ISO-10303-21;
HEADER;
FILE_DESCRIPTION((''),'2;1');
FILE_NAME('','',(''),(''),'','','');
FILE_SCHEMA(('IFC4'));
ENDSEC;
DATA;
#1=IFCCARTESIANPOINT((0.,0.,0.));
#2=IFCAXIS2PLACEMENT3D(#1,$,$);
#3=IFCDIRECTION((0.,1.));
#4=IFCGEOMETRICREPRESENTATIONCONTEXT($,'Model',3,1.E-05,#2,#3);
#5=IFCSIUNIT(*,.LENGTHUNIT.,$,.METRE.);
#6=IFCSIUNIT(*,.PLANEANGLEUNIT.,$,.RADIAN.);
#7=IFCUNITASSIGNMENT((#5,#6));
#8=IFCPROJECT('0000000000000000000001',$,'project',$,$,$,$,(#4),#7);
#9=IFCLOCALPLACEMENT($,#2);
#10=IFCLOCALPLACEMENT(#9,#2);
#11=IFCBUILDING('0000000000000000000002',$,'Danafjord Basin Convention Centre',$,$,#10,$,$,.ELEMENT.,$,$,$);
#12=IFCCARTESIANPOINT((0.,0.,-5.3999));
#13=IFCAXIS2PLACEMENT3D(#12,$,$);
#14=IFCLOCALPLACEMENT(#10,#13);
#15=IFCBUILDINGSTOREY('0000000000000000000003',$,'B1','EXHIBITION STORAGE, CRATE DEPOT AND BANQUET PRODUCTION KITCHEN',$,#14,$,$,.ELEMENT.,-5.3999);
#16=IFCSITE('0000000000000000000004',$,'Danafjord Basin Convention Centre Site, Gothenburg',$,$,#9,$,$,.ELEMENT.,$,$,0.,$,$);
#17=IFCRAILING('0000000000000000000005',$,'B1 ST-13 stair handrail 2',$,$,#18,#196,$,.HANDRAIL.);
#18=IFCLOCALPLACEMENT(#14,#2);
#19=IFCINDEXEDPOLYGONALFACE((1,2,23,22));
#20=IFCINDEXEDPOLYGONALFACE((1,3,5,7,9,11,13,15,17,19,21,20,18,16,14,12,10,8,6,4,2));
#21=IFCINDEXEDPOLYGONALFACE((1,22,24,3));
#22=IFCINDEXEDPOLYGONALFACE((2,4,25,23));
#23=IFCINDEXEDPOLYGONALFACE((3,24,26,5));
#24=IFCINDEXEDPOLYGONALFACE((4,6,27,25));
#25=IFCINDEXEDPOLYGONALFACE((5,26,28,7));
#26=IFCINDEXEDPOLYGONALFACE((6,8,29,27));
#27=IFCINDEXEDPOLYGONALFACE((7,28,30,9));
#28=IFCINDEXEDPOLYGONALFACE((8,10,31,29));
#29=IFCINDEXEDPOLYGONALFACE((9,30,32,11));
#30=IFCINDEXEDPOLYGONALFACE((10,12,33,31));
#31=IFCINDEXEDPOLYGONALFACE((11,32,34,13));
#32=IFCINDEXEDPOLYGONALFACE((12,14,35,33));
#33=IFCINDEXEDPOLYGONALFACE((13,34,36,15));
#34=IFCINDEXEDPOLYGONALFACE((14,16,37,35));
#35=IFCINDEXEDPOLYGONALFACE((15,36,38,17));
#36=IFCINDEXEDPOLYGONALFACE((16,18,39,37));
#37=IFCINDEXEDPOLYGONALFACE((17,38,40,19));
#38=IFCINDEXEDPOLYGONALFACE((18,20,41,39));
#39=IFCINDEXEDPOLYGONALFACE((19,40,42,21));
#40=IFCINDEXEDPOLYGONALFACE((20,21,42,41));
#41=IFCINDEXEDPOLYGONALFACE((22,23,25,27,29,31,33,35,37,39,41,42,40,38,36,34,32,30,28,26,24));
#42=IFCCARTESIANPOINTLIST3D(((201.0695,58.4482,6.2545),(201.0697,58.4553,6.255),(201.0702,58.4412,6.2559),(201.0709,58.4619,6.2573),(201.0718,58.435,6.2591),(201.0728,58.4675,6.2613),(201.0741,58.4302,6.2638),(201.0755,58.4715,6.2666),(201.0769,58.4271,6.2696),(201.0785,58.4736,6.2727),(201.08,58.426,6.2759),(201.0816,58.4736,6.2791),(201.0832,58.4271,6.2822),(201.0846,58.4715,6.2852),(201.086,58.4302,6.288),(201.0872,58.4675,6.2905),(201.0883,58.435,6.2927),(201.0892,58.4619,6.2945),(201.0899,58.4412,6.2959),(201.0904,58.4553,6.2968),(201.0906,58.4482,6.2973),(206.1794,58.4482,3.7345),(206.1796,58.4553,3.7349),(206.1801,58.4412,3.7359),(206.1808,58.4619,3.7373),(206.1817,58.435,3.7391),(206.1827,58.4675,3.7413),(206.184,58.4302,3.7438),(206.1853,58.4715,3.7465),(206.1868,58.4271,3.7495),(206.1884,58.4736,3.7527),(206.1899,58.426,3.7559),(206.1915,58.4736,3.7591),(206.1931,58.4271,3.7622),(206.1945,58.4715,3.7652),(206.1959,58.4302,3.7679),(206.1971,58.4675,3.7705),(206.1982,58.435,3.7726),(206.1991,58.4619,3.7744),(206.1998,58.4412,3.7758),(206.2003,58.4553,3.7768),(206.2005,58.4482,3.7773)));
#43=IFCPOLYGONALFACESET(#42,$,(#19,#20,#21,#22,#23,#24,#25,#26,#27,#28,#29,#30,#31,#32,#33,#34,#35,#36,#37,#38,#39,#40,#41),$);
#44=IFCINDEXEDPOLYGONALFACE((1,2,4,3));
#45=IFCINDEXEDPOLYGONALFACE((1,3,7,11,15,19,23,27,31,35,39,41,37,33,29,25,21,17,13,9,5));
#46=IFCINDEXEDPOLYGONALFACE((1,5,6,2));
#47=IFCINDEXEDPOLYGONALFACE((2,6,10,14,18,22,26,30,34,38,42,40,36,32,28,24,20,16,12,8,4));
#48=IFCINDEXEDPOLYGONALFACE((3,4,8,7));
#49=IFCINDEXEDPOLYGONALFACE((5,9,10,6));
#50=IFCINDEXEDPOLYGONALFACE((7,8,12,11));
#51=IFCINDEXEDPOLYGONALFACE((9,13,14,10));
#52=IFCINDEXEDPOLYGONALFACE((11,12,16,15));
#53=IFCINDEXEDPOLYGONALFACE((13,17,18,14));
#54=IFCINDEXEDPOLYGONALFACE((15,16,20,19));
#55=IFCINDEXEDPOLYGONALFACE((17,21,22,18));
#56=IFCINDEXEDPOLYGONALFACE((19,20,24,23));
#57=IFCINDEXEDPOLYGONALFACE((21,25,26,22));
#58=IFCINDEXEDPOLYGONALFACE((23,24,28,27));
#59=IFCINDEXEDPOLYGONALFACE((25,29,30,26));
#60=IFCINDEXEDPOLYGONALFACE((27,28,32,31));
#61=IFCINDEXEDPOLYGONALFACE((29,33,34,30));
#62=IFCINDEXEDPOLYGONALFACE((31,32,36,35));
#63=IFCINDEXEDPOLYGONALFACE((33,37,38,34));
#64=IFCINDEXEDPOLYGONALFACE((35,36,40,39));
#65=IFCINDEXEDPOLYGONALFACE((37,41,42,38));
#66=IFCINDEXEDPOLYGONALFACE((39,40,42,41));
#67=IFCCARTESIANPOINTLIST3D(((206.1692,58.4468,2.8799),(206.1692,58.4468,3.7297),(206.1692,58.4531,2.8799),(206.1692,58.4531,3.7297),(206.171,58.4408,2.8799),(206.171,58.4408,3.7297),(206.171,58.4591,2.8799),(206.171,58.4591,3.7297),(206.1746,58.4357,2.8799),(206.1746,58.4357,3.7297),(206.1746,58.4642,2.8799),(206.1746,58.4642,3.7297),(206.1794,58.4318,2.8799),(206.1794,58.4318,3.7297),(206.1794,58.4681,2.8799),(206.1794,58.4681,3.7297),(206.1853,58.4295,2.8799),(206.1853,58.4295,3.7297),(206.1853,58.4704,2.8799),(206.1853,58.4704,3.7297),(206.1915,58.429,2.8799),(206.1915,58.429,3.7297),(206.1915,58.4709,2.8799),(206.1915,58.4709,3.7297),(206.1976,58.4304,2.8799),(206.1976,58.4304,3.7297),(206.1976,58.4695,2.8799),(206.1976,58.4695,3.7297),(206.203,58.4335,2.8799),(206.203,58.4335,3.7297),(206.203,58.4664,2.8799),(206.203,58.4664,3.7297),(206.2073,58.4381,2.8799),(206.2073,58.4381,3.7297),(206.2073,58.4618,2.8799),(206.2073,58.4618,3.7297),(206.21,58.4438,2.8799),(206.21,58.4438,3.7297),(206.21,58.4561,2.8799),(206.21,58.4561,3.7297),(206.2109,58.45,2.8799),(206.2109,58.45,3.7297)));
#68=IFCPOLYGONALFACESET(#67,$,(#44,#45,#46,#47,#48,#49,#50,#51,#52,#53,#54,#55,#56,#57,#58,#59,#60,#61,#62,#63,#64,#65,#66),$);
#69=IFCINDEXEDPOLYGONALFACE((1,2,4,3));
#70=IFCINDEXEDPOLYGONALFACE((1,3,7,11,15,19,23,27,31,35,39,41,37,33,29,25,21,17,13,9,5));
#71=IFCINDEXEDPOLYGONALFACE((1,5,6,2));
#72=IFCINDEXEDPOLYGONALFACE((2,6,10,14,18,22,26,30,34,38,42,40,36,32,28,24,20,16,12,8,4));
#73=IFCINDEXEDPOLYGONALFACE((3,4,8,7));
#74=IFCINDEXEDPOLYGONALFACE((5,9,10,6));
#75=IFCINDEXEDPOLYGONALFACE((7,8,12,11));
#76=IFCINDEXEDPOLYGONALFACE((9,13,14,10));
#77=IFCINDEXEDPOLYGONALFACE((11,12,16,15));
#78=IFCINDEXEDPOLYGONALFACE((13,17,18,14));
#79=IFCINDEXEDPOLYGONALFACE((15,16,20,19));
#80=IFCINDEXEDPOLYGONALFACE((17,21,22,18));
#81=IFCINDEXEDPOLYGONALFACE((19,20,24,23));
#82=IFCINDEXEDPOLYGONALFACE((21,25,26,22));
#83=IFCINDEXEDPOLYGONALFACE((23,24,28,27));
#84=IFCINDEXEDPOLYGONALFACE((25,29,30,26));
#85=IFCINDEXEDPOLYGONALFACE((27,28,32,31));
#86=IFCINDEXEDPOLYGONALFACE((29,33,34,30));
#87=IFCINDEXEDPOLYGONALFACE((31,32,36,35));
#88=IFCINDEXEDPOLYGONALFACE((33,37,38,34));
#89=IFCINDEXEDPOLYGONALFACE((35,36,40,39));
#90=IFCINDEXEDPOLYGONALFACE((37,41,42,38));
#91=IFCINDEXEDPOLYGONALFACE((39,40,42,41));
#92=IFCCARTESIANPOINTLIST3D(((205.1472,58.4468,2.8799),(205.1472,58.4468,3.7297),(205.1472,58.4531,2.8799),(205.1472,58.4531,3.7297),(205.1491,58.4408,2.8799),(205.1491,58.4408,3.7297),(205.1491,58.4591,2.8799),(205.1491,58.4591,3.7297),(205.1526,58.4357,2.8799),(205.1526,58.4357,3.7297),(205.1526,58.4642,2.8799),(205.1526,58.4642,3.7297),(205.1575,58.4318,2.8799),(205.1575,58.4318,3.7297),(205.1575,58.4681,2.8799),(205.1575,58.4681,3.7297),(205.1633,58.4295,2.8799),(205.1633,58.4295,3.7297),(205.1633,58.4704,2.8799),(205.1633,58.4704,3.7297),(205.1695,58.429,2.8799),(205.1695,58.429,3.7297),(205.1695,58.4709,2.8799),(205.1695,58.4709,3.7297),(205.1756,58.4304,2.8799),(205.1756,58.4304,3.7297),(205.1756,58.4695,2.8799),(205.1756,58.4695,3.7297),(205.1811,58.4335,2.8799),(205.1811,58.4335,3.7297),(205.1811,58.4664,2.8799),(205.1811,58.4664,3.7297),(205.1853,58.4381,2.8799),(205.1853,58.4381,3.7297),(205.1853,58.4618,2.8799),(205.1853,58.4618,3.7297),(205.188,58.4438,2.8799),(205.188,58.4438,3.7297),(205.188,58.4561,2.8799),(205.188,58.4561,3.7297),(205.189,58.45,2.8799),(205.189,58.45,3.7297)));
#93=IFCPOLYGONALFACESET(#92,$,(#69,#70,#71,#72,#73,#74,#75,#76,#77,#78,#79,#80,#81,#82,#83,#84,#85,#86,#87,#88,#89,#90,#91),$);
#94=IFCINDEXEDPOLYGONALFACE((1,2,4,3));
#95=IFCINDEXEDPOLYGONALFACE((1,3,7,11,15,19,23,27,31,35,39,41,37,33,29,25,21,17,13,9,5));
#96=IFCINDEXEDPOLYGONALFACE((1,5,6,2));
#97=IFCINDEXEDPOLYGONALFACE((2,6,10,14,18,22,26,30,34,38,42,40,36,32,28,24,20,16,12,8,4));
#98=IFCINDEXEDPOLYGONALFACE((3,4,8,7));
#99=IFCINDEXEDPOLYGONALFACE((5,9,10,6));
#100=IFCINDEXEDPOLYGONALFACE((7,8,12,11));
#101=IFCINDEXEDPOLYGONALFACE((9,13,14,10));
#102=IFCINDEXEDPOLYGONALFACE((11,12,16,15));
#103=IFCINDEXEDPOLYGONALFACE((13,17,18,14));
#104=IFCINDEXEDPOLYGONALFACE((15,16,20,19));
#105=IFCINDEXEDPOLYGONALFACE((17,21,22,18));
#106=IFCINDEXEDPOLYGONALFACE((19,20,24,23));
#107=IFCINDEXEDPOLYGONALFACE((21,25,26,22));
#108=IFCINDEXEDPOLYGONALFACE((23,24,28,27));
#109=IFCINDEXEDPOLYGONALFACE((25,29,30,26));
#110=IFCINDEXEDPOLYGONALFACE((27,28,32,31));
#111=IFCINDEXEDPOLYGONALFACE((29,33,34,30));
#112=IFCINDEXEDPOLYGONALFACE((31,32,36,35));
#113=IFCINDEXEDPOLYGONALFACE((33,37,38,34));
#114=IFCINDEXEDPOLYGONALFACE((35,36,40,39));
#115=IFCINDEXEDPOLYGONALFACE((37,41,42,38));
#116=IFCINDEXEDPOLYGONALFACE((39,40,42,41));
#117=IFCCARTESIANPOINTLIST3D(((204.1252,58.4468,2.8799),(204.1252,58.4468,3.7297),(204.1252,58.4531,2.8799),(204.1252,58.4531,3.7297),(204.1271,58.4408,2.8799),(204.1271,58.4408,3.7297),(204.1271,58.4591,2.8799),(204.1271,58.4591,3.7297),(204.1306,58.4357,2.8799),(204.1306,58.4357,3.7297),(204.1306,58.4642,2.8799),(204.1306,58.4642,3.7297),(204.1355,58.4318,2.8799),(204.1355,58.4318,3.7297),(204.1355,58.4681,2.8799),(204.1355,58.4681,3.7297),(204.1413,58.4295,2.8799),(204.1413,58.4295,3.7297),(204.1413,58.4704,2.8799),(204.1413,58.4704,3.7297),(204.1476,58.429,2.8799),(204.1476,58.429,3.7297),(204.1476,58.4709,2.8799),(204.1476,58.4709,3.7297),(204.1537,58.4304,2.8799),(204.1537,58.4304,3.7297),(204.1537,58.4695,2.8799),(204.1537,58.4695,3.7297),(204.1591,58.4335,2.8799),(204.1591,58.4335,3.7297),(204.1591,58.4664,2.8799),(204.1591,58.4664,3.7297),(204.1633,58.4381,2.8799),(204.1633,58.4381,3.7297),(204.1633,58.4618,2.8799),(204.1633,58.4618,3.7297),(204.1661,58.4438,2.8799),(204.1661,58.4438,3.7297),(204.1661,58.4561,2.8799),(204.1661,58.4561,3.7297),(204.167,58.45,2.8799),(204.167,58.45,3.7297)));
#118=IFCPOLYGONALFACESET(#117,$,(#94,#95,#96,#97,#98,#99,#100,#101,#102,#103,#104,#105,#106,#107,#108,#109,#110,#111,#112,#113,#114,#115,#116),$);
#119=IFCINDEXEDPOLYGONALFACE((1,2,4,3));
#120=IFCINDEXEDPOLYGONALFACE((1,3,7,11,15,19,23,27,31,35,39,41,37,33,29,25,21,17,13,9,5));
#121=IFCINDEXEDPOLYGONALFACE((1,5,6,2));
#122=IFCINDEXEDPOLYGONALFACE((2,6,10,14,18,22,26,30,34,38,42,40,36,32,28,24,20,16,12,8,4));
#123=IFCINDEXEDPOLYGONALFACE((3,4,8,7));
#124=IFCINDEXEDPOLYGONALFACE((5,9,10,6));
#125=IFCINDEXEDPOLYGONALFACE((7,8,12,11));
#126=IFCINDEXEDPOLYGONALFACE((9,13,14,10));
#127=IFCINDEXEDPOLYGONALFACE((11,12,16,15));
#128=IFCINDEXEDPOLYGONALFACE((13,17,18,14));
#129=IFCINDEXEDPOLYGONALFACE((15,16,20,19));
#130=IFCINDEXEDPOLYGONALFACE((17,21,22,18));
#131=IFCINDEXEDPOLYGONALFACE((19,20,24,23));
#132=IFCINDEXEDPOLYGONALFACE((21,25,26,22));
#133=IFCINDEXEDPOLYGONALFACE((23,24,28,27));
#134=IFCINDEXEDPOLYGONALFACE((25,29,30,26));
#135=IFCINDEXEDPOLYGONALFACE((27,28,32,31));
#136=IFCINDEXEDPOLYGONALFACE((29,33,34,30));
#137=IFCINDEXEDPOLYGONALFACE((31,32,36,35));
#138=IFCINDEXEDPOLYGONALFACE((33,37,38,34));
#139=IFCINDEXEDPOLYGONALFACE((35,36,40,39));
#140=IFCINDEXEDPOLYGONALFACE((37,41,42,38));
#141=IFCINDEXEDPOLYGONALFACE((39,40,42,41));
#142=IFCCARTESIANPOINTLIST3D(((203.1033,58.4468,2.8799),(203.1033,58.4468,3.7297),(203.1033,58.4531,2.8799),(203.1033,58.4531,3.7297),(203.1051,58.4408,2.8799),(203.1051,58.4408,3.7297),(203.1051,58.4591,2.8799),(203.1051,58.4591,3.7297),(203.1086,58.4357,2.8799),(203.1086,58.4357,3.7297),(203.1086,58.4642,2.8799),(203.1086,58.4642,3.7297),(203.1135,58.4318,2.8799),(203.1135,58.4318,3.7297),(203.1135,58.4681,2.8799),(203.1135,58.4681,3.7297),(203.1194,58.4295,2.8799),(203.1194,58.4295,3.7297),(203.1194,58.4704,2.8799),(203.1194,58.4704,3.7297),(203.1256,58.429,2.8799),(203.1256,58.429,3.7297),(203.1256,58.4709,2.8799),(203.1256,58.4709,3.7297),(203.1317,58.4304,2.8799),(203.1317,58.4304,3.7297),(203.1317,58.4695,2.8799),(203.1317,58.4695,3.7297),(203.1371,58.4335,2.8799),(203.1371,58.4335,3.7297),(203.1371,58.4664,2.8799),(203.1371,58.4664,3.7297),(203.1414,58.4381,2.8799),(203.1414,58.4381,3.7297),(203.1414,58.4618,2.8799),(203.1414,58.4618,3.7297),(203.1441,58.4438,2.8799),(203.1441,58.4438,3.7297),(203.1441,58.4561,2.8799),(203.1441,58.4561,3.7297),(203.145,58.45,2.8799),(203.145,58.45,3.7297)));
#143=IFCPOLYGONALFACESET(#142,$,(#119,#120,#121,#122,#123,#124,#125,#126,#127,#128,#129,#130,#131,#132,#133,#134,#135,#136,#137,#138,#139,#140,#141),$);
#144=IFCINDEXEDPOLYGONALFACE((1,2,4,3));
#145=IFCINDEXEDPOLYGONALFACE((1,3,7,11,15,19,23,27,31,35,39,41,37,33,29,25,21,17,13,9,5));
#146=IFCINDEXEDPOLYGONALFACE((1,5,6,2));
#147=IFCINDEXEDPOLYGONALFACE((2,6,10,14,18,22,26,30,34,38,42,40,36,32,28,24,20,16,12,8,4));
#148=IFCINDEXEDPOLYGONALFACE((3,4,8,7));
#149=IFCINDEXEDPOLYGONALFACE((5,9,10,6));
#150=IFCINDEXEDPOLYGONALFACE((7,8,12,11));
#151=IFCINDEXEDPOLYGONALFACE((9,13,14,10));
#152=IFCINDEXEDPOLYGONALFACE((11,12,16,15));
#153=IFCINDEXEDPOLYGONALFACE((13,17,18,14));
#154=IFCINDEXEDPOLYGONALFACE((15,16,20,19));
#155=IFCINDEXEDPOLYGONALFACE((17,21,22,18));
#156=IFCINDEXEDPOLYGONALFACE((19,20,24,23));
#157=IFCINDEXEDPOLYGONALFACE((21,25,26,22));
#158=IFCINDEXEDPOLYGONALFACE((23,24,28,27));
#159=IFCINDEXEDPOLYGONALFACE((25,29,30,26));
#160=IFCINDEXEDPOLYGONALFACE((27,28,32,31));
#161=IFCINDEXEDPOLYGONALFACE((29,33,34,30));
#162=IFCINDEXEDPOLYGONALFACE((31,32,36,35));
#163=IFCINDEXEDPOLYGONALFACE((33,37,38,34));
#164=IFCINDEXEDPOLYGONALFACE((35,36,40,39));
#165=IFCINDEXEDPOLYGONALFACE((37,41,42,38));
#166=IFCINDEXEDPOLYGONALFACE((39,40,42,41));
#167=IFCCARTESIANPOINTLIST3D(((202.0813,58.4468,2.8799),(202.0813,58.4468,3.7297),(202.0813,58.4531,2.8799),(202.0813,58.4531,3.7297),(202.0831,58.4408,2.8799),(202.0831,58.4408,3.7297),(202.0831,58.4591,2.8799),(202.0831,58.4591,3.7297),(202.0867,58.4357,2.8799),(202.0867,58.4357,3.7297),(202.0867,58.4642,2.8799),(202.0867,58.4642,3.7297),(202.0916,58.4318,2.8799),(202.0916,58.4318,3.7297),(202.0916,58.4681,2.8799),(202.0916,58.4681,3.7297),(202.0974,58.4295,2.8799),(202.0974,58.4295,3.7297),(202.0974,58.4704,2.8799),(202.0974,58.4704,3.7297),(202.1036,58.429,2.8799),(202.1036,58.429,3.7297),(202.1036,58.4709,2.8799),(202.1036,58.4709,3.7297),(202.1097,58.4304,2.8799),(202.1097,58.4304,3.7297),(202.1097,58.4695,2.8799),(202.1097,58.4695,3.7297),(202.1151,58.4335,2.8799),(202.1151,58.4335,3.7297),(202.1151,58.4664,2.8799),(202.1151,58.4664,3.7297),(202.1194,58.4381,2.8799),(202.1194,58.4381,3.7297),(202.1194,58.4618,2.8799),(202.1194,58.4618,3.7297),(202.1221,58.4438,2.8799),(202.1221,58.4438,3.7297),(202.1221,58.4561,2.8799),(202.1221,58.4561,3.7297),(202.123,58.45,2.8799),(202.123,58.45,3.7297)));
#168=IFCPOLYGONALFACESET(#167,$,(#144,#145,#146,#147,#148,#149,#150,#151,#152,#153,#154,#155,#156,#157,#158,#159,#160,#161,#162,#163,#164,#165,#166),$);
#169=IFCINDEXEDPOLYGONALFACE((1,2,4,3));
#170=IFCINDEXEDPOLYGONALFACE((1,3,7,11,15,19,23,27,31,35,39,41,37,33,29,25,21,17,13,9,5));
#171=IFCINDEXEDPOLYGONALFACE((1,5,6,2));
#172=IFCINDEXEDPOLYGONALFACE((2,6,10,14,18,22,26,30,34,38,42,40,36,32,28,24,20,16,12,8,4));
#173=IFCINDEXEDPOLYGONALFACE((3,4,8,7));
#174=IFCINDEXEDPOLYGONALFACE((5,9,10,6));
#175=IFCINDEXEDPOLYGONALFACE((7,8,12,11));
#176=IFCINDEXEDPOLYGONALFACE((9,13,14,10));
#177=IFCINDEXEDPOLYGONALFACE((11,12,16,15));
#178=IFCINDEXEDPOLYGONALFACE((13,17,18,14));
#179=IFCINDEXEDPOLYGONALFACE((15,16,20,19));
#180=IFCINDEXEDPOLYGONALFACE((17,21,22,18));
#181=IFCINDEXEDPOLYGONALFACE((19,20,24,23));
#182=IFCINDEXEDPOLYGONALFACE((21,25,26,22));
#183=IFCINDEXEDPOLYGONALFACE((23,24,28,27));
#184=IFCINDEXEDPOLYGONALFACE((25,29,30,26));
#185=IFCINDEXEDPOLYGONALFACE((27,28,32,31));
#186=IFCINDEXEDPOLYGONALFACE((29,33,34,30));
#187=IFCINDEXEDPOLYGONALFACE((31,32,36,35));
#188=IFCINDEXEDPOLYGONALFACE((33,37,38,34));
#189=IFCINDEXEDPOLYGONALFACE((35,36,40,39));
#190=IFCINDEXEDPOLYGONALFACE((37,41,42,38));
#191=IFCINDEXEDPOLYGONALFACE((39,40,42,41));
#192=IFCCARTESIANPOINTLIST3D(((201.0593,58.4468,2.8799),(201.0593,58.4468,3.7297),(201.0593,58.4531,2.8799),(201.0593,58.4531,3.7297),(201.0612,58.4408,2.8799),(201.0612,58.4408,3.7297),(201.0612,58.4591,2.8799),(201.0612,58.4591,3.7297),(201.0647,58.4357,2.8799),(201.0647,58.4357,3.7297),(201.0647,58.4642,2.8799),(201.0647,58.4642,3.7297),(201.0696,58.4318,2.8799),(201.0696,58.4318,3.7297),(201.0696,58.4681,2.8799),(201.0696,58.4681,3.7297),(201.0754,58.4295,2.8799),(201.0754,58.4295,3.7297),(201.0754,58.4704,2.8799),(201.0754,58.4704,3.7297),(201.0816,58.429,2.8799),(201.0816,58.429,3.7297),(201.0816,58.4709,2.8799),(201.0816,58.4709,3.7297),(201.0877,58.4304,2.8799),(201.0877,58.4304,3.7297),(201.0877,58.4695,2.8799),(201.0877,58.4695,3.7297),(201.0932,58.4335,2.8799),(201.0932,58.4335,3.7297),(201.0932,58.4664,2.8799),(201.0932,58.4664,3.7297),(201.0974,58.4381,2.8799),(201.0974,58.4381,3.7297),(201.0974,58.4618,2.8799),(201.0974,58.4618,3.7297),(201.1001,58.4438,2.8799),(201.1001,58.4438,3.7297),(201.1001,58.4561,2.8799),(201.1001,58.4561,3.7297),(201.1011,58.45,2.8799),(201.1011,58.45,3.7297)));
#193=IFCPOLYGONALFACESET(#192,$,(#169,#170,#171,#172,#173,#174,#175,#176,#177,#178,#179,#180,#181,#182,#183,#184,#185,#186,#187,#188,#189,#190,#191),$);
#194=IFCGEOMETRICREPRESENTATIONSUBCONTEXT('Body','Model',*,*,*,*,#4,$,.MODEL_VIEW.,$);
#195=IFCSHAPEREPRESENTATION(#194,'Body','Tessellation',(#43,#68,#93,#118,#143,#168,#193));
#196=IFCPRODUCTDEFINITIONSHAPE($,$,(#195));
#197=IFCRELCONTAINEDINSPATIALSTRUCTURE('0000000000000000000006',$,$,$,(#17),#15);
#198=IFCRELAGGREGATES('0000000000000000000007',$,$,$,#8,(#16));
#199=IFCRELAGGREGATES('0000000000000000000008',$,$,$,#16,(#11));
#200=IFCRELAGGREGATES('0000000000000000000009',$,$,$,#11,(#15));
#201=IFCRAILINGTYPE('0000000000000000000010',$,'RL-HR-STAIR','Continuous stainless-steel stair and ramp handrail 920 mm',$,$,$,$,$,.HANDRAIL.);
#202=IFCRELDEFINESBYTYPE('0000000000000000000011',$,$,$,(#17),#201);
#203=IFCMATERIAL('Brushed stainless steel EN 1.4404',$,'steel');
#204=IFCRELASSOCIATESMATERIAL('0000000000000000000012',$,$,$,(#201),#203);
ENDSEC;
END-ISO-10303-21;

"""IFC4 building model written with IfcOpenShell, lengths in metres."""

from ifc_helpers import new_model, si_unit, direction, frame, origin, origin_2d, place, context, subcontext, project, spatial, circle, extrude, material, type_object, element, save


model = new_model("IFC4")

# Units and contexts
model_context = context("Model", 3, precision=1e-05, world=origin(), true_north=direction((0.0, 1.0)))
body_context = subcontext(model_context, "Body", "Model", "MODEL_VIEW")
ifc_project = project(units=[si_unit("LENGTHUNIT", "METRE"), si_unit("PLANEANGLEUNIT", "RADIAN")], contexts=[model_context])

# Site, building, storey
site_placement = place(None, origin())
site = spatial("IfcSite", under=ifc_project, at=site_placement, Name="Danafjord Basin Convention Centre Site, Gothenburg", CompositionType="ELEMENT", RefElevation=0.0)
building_placement = place(site_placement, origin())
building = spatial("IfcBuilding", under=site, at=building_placement, Name="Danafjord Basin Convention Centre", CompositionType="ELEMENT")
storey_placement = place(building_placement, frame((0.0, 0.0, -5.3999)))
storey = spatial("IfcBuildingStorey", under=building, at=storey_placement, Name="B1", Description="EXHIBITION STORAGE, CRATE DEPOT AND BANQUET PRODUCTION KITCHEN", CompositionType="ELEMENT", Elevation=-5.3999)

# Railing
ifc_material_1 = material(Name="Brushed stainless steel EN 1.4404", Category="steel")
railing_type_1 = type_object("IfcRailingType", Name="RL-HR-STAIR", Description="Continuous stainless-steel stair and ramp handrail 920 mm", PredefinedType="HANDRAIL", material=ifc_material_1)
railing_1_placement = place(storey_placement, frame((206.1899, 58.45, 2.8799)))
element("IfcRailing", 1, at=railing_1_placement, inside=storey, type_object=railing_type_1, Name="B1 ST-13 stair handrail 2", PredefinedType="HANDRAIL", context=body_context, shape_type="SweptSolid", body=[
    extrude(circle(Radius=0.0239, at=origin_2d()), frame((0.0, 0.0, 0.876), z_axis=(-0.896865, 0.0, 0.442305), x_axis=(0.0, -1.0, 0.0)), (0.0, 0.0, 1.0), 5.6975),
    extrude(circle(Radius=0.021, at=origin_2d()), origin(), (0.0, 0.0, 1.0), 0.8499),
    extrude(circle(Radius=0.021, at=origin_2d()), frame((-1.022, 0.0, 0.0)), (0.0, 0.0, 1.0), 0.8499),
    extrude(circle(Radius=0.021, at=origin_2d()), frame((-2.0439, 0.0, 0.0)), (0.0, 0.0, 1.0), 0.8499),
    extrude(circle(Radius=0.021, at=origin_2d()), frame((-3.0659, 0.0, 0.0)), (0.0, 0.0, 1.0), 0.8499),
    extrude(circle(Radius=0.021, at=origin_2d()), frame((-4.0879, 0.0, 0.0)), (0.0, 0.0, 1.0), 0.8499),
    extrude(circle(Radius=0.021, at=origin_2d()), frame((-5.1099, 0.0, 0.0)), (0.0, 0.0, 1.0), 0.8499),
])

save(model, "model.ifc")
